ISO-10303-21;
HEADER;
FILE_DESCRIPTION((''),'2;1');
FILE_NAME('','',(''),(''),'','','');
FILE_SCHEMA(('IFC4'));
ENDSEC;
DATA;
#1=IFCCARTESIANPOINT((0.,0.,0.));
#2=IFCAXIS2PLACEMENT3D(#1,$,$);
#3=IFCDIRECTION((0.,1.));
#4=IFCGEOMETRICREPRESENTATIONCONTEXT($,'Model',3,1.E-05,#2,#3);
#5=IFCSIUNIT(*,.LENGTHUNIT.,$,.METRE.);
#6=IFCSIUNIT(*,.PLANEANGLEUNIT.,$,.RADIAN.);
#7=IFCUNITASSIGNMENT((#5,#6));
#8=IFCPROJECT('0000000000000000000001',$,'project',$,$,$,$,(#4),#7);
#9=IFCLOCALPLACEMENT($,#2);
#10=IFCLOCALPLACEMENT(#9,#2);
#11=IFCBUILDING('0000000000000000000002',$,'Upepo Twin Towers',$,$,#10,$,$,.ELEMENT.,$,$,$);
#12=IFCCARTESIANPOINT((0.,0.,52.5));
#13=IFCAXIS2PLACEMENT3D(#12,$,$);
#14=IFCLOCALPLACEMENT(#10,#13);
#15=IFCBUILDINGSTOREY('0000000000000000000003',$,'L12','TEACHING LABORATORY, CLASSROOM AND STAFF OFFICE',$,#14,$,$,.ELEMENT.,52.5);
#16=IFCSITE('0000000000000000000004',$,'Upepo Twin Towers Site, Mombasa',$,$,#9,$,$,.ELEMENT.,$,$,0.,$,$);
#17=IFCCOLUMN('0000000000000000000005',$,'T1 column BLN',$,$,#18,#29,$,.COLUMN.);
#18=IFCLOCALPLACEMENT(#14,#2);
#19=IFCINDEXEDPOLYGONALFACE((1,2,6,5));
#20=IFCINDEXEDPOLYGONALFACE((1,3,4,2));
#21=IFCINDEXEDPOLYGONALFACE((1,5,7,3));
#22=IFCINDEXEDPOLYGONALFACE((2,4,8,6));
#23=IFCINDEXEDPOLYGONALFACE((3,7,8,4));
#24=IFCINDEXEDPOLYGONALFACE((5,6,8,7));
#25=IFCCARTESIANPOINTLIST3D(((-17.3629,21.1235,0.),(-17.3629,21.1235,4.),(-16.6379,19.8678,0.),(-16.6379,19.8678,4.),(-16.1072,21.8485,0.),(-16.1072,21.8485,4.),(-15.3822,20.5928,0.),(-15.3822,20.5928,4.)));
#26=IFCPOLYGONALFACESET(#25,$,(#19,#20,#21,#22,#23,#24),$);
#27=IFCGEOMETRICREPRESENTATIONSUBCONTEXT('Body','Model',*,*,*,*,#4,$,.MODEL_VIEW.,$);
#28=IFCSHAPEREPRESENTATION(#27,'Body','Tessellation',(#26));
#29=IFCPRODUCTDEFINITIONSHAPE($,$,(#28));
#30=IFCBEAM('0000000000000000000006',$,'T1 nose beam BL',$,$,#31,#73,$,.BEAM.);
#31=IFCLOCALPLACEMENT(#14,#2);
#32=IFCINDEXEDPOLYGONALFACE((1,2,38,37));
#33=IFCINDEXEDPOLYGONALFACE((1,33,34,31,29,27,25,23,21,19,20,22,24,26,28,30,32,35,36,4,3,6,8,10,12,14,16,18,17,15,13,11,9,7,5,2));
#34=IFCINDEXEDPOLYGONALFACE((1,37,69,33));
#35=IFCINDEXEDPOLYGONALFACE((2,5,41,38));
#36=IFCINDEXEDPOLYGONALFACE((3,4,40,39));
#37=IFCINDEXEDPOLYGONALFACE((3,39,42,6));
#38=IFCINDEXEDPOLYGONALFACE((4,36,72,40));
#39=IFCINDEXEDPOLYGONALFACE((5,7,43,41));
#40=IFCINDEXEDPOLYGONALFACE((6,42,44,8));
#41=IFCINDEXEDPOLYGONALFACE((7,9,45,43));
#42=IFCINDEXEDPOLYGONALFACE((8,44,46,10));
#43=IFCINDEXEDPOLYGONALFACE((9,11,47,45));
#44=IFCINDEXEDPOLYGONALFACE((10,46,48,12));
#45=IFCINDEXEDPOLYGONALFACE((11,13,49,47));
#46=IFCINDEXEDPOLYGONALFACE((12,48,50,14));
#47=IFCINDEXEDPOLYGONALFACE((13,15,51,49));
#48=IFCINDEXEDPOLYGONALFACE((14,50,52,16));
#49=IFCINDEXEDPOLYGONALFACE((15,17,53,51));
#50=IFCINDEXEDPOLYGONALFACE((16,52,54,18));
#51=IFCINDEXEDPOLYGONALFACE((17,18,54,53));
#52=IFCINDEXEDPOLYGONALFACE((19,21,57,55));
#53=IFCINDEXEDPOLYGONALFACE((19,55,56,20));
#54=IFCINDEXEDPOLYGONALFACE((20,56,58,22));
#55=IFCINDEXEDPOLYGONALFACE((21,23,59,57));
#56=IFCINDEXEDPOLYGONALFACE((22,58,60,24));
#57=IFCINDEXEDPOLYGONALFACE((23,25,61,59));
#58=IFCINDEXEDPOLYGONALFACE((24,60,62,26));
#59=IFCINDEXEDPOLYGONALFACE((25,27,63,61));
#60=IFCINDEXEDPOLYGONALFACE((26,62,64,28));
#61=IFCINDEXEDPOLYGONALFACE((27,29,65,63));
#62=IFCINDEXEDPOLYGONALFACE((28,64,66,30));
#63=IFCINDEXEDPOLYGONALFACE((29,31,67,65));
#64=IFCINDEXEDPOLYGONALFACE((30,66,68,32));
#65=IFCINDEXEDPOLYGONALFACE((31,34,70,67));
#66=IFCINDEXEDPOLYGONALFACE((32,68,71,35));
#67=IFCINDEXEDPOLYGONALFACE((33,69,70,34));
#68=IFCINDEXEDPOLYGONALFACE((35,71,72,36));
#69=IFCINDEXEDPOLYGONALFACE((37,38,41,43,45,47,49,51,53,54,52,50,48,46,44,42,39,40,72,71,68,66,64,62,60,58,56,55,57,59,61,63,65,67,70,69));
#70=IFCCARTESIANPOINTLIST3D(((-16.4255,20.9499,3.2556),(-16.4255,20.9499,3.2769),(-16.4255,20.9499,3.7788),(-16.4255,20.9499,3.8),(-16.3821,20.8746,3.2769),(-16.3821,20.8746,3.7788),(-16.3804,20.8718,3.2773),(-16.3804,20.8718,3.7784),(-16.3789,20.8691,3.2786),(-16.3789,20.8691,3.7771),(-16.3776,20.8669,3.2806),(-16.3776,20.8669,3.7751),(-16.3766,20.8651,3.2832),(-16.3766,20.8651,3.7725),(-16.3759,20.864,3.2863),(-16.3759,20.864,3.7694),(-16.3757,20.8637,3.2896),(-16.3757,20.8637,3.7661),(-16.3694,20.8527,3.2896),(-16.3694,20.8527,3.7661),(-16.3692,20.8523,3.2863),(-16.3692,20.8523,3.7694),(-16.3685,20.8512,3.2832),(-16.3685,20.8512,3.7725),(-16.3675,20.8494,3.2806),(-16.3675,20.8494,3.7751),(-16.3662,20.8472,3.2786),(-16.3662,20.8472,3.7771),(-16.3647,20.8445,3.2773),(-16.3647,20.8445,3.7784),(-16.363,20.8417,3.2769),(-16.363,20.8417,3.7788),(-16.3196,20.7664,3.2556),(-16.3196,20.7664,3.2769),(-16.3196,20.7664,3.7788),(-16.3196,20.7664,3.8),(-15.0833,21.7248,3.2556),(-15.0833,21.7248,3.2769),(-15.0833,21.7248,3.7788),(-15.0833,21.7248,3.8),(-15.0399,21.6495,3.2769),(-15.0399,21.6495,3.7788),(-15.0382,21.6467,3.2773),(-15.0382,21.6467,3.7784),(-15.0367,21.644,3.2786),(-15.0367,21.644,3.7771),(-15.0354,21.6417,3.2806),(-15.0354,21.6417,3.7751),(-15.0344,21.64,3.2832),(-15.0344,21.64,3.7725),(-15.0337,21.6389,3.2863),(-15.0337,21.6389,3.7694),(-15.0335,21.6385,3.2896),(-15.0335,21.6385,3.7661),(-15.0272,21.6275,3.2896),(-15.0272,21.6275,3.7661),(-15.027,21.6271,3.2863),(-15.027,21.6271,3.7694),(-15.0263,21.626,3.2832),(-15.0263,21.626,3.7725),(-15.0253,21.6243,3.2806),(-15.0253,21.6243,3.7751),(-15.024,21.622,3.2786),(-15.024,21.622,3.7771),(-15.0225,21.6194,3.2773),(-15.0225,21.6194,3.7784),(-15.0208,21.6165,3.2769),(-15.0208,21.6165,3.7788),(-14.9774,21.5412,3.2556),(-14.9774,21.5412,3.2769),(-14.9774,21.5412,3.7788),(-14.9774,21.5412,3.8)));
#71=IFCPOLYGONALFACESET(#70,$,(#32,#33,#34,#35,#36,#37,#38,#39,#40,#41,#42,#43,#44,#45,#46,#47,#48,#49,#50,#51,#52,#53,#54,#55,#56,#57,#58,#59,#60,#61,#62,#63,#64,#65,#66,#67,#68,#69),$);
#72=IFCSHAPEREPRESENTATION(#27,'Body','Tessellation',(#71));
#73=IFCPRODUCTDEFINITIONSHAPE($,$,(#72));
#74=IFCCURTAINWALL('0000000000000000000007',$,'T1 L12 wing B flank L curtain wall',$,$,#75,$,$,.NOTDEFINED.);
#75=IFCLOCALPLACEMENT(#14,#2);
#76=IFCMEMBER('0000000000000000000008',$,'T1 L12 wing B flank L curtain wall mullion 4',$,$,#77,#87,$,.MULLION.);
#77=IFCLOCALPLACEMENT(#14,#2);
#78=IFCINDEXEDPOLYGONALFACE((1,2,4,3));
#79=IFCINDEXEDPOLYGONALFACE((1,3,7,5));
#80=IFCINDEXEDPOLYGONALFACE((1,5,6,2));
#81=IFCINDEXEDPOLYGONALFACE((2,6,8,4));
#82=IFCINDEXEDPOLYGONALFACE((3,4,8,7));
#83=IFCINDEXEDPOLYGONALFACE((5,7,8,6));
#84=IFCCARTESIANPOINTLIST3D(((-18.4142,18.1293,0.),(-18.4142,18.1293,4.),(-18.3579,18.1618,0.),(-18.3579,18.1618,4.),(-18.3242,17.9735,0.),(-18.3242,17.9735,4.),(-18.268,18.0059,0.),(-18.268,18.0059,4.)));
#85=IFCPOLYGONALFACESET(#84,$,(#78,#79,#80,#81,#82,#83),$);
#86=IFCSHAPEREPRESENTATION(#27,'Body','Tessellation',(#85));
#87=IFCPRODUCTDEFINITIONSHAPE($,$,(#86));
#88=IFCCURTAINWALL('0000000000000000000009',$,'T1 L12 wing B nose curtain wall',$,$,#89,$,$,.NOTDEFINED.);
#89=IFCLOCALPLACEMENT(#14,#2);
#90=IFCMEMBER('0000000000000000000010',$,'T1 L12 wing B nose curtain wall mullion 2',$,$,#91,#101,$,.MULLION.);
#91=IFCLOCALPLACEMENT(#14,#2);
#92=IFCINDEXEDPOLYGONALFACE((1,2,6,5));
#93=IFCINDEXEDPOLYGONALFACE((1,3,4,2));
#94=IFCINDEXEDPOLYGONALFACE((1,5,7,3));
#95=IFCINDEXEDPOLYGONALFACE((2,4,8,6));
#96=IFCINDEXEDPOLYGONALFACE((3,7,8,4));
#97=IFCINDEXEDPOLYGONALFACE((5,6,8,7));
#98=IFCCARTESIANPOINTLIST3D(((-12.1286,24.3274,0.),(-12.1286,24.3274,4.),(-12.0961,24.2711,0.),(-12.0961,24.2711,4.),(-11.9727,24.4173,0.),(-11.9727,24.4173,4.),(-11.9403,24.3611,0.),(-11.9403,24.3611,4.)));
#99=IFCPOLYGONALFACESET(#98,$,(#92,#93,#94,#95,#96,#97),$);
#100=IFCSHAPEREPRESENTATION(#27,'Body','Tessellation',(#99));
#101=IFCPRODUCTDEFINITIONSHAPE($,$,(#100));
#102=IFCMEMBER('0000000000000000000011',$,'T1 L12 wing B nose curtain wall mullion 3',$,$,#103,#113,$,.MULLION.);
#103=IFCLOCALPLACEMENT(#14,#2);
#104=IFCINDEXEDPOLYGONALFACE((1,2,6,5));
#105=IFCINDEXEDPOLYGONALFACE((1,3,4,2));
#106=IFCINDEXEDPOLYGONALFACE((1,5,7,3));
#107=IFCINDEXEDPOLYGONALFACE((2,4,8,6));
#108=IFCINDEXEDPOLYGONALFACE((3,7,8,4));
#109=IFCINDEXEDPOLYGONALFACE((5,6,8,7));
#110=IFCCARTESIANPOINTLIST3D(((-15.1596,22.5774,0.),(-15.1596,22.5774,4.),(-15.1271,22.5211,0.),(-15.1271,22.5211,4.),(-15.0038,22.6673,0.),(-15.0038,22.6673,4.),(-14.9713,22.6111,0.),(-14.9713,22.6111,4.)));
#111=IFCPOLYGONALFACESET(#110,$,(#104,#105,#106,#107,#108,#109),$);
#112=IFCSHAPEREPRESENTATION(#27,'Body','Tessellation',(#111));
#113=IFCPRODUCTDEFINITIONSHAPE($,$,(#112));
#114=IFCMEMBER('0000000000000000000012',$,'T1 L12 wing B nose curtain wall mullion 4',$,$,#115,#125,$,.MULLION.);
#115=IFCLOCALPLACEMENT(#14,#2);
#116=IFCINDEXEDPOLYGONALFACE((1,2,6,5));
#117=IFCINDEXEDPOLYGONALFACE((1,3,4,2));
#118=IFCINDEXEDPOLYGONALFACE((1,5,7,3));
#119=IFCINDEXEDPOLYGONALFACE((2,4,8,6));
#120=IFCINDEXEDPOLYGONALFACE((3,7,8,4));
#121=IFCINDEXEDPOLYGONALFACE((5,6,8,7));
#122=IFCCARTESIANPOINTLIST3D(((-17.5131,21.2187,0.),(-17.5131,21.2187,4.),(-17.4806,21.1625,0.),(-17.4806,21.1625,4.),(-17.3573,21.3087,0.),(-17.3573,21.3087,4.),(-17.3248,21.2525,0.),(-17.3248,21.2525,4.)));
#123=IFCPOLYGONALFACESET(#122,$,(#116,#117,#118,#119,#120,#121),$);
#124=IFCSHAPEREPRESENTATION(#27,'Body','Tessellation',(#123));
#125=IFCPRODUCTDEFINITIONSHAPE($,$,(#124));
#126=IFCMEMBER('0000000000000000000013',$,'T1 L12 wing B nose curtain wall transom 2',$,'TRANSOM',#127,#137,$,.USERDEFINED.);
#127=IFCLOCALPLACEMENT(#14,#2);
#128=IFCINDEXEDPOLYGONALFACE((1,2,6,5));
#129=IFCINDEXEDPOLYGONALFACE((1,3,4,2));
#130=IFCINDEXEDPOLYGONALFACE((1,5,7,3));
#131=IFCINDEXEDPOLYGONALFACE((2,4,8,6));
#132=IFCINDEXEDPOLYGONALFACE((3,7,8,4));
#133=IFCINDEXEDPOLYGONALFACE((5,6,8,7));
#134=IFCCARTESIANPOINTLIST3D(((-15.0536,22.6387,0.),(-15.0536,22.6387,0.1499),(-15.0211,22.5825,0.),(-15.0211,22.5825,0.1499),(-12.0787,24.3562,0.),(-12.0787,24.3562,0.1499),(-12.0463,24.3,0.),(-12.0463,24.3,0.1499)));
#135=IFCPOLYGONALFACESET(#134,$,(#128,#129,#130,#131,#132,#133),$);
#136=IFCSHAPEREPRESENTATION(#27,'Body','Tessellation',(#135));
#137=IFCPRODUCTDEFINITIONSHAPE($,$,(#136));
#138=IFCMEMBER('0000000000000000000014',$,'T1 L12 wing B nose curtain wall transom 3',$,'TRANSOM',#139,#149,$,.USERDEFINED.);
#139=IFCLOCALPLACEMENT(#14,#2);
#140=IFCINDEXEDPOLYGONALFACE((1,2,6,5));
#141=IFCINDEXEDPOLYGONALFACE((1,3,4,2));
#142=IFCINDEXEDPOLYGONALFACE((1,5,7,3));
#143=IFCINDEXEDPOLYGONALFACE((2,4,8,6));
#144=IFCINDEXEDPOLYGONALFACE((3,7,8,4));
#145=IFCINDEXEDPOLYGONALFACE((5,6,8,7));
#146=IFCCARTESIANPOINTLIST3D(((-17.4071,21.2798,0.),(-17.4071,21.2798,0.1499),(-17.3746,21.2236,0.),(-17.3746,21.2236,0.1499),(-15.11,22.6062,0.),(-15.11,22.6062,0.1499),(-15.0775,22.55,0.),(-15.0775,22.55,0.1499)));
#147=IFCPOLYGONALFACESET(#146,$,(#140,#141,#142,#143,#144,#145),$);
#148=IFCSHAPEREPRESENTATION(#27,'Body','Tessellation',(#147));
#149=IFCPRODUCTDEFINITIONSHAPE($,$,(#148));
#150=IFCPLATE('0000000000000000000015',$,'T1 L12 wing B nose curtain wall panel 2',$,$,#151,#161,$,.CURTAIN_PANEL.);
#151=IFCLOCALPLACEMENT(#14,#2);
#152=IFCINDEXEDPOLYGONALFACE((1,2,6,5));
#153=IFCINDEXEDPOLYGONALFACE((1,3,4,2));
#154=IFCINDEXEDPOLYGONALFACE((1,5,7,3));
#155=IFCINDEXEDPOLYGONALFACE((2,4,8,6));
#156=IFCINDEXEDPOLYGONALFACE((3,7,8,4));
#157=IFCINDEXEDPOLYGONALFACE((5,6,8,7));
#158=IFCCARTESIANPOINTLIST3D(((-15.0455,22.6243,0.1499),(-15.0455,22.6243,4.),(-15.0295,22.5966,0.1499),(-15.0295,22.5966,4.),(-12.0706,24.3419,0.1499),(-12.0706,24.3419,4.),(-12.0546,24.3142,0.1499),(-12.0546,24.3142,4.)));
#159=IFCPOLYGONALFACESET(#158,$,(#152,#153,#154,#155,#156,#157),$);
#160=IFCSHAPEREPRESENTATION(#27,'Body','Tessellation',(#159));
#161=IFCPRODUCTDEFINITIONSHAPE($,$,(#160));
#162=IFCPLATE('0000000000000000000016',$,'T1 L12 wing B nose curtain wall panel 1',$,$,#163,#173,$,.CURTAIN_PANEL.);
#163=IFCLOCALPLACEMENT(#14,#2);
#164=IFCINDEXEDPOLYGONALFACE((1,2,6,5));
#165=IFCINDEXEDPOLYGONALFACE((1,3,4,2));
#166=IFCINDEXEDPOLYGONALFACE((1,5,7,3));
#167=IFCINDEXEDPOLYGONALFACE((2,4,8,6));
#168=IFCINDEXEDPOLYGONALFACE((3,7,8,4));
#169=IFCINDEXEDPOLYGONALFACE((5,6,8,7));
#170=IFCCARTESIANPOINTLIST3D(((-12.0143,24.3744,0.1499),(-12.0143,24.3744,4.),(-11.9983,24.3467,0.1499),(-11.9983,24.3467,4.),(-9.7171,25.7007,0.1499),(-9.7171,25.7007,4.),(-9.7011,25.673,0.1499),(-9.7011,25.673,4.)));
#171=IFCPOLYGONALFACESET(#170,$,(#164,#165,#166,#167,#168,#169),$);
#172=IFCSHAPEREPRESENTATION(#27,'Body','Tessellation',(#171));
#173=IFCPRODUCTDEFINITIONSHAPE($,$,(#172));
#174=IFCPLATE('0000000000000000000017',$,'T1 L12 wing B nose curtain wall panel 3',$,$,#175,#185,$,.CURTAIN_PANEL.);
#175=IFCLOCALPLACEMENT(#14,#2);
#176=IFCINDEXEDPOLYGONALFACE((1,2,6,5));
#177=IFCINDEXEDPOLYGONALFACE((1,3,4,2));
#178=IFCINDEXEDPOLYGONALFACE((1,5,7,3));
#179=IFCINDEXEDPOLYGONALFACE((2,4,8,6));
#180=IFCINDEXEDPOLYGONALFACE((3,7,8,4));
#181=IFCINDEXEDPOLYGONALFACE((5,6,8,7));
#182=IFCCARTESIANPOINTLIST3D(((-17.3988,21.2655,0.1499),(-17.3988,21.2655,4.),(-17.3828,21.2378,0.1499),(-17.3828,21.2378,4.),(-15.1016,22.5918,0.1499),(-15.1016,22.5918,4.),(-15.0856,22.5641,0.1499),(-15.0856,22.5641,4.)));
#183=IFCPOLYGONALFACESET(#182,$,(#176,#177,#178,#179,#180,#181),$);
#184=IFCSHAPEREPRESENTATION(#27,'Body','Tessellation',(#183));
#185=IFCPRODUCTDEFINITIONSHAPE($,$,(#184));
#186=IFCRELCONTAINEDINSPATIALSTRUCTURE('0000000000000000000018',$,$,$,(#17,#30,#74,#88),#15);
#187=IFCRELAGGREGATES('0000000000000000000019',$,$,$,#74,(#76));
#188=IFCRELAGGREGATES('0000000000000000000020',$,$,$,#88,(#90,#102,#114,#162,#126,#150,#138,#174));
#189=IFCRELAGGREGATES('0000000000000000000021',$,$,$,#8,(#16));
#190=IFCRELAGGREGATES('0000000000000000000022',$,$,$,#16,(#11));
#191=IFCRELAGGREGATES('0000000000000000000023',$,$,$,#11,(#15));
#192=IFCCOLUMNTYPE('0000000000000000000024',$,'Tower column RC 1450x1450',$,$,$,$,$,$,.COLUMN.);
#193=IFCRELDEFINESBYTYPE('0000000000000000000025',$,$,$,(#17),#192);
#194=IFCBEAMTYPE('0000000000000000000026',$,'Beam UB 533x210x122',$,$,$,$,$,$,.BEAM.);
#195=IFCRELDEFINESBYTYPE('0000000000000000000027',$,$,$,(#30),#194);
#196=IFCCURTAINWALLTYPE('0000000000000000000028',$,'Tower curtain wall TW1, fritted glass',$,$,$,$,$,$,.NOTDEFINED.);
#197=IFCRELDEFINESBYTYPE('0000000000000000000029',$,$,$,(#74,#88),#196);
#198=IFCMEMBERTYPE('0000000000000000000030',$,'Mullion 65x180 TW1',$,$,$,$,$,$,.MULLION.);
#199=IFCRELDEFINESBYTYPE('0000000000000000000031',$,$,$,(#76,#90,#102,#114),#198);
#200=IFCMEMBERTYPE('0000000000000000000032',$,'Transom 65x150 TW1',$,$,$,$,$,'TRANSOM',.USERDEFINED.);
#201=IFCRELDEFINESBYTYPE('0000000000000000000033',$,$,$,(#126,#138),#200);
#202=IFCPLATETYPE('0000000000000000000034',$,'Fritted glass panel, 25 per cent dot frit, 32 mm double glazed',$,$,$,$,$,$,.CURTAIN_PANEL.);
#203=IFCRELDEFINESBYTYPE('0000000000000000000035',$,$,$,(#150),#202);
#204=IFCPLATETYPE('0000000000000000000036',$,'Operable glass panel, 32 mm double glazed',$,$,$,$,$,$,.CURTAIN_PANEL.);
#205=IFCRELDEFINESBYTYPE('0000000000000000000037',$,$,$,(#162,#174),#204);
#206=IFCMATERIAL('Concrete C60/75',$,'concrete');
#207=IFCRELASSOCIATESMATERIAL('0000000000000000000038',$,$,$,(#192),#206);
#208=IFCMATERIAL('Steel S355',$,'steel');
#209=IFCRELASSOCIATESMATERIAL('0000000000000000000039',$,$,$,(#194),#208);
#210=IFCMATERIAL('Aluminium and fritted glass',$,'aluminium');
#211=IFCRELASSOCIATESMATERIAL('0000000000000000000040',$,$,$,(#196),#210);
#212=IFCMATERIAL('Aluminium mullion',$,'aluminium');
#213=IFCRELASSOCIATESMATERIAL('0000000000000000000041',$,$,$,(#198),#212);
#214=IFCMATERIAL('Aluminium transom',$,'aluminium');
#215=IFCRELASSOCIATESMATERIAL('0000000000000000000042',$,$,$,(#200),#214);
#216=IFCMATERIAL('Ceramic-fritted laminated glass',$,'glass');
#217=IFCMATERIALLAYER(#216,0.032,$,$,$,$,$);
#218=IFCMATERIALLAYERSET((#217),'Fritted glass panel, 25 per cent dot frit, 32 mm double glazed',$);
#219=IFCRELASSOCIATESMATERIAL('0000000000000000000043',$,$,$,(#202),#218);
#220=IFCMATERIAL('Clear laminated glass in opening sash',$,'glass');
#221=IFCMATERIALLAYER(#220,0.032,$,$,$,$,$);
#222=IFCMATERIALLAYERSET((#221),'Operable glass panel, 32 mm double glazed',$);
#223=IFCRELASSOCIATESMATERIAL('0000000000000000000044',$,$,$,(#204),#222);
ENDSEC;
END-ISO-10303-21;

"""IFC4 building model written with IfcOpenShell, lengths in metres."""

from ifc_helpers import new_model, si_unit, direction, frame, origin, origin_2d, place, context, subcontext, project, spatial, rectangle, i_section, extrude, material, layer, layer_set, material_profile, profile_set, type_object, element, aggregate, save


model = new_model("IFC4")

# Units and contexts
model_context = context("Model", 3, precision=1e-05, world=origin(), true_north=direction((0.0, 1.0)))
body_context = subcontext(model_context, "Body", "Model", "MODEL_VIEW")
ifc_project = project(units=[si_unit("LENGTHUNIT", "METRE"), si_unit("PLANEANGLEUNIT", "RADIAN")], contexts=[model_context])

# Site, building, storey
site_placement = place(None, origin())
site = spatial("IfcSite", under=ifc_project, at=site_placement, Name="Upepo Twin Towers Site, Mombasa", CompositionType="ELEMENT", RefElevation=0.0)
building_placement = place(site_placement, origin())
building = spatial("IfcBuilding", under=site, at=building_placement, Name="Upepo Twin Towers", CompositionType="ELEMENT")
storey_placement = place(building_placement, frame((0.0, 0.0, 52.5)))
storey = spatial("IfcBuildingStorey", under=building, at=storey_placement, Name="L12", Description="TEACHING LABORATORY, CLASSROOM AND STAFF OFFICE", CompositionType="ELEMENT", Elevation=52.5)

# Column
ifc_material_1 = material(Name="Concrete C60/75", Category="concrete")
ifc_material_profile_1 = material_profile(ifc_material_1, rectangle(XDim=1.45, YDim=1.45, at=origin_2d()), Name="RC 1450x1450")
ifc_profile_set_1 = profile_set([ifc_material_profile_1], Name="Concrete C60/75")
column_type = type_object("IfcColumnType", Name="Tower column RC 1450x1450", PredefinedType="COLUMN", material=ifc_profile_set_1)
column_placement = place(storey_placement, frame((-16.3726, 20.8582, 0.0), z_axis=(0.0, 0.0, 1.0), x_axis=(0.866025, 0.5, 0.0)))
element("IfcColumn", 1, at=column_placement, inside=storey, type_object=column_type, Name="T1 column BLN", PredefinedType="COLUMN", context=body_context, shape_type="SweptSolid", body=[
    extrude(rectangle(XDim=1.45, YDim=1.45, at=origin_2d()), origin(), (0.0, 0.0, 1.0), 4.0),
])

# Beam
ifc_material_2 = material(Name="Steel S355", Category="steel")
ifc_material_profile_2 = material_profile(ifc_material_2, i_section(OverallWidth=0.2119, OverallDepth=0.5444, WebThickness=0.0127, FlangeThickness=0.0212, FilletRadius=0.0127, at=origin_2d()), Name="UB 533x210x122")
ifc_profile_set_2 = profile_set([ifc_material_profile_2], Name="Steel S355")
beam_type = type_object("IfcBeamType", Name="Beam UB 533x210x122", PredefinedType="BEAM", material=ifc_profile_set_2)
beam_placement = place(storey_placement, frame((-16.3726, 20.8582, 3.5278), z_axis=(0.866044, 0.499968, 0.0), x_axis=(-0.499968, 0.866044, 0.0)))
element("IfcBeam", 2, at=beam_placement, inside=storey, type_object=beam_type, Name="T1 nose beam BL", PredefinedType="BEAM", context=body_context, shape_type="SweptSolid", body=[
    extrude(i_section(OverallWidth=0.2119, OverallDepth=0.5444, WebThickness=0.0127, FlangeThickness=0.0212, FilletRadius=0.0127, at=origin_2d()), origin(), (0.0, 0.0, 1.0), 1.5498),
])

# Curtain wall, member
ifc_material_3 = material(Name="Aluminium and fritted glass", Category="aluminium")
curtain_wall_type = type_object("IfcCurtainWallType", Name="Tower curtain wall TW1, fritted glass", PredefinedType="NOTDEFINED", material=ifc_material_3)
curtain_wall_1_placement = place(storey_placement, origin())
curtain_wall_1 = element("IfcCurtainWall", 3, at=curtain_wall_1_placement, inside=storey, type_object=curtain_wall_type, Name="T1 L12 wing B flank L curtain wall", PredefinedType="NOTDEFINED")
ifc_material_4 = material(Name="Aluminium mullion", Category="aluminium")
ifc_material_profile_3 = material_profile(ifc_material_4, rectangle(XDim=0.0649, YDim=0.1799, at=origin_2d()), Name="MULLION 65x180")
ifc_profile_set_3 = profile_set([ifc_material_profile_3], Name="Aluminium mullion")
member_type_1 = type_object("IfcMemberType", Name="Mullion 65x180 TW1", PredefinedType="MULLION", material=ifc_profile_set_3)
member_1_placement = place(storey_placement, frame((-18.3411, 18.0676, 0.0), z_axis=(0.0, 0.0, 1.0), x_axis=(-0.866025, -0.5, 0.0)))
member_1 = element("IfcMember", 4, at=member_1_placement, type_object=member_type_1, Name="T1 L12 wing B flank L curtain wall mullion 4", PredefinedType="MULLION", context=body_context, shape_type="SweptSolid", body=[
    extrude(rectangle(XDim=0.0649, YDim=0.1799, at=origin_2d()), origin(), (0.0, 0.0, 1.0), 4.0),
])
aggregate(curtain_wall_1, [member_1])

# Curtain wall, members, plates
curtain_wall_2_placement = place(storey_placement, origin())
curtain_wall_2 = element("IfcCurtainWall", 5, at=curtain_wall_2_placement, inside=storey, type_object=curtain_wall_type, Name="T1 L12 wing B nose curtain wall", PredefinedType="NOTDEFINED")
member_2_placement = place(storey_placement, frame((-12.0344, 24.3442, 0.0), z_axis=(0.0, 0.0, 1.0), x_axis=(0.5, -0.866025, 0.0)))
member_2 = element("IfcMember", 6, at=member_2_placement, type_object=member_type_1, Name="T1 L12 wing B nose curtain wall mullion 2", PredefinedType="MULLION", context=body_context, shape_type="SweptSolid", body=[
    extrude(rectangle(XDim=0.0649, YDim=0.1799, at=origin_2d()), origin(), (0.0, 0.0, 1.0), 4.0),
])
member_3_placement = place(storey_placement, frame((-15.0654, 22.5942, 0.0), z_axis=(0.0, 0.0, 1.0), x_axis=(0.5, -0.866025, 0.0)))
member_3 = element("IfcMember", 7, at=member_3_placement, type_object=member_type_1, Name="T1 L12 wing B nose curtain wall mullion 3", PredefinedType="MULLION", context=body_context, shape_type="SweptSolid", body=[
    extrude(rectangle(XDim=0.0649, YDim=0.1799, at=origin_2d()), origin(), (0.0, 0.0, 1.0), 4.0),
])
member_4_placement = place(storey_placement, frame((-17.4189, 21.2356, 0.0), z_axis=(0.0, 0.0, 1.0), x_axis=(0.5, -0.866025, 0.0)))
member_4 = element("IfcMember", 8, at=member_4_placement, type_object=member_type_1, Name="T1 L12 wing B nose curtain wall mullion 4", PredefinedType="MULLION", context=body_context, shape_type="SweptSolid", body=[
    extrude(rectangle(XDim=0.0649, YDim=0.1799, at=origin_2d()), origin(), (0.0, 0.0, 1.0), 4.0),
])
ifc_material_5 = material(Name="Aluminium transom", Category="aluminium")
ifc_material_profile_4 = material_profile(ifc_material_5, rectangle(XDim=0.0649, YDim=0.1499, at=origin_2d()), Name="TRANSOM 65x150")
ifc_profile_set_4 = profile_set([ifc_material_profile_4], Name="Aluminium transom")
member_type_2 = type_object("IfcMemberType", Name="Transom 65x150 TW1", ElementType="TRANSOM", PredefinedType="USERDEFINED", material=ifc_profile_set_4)
member_5_placement = place(storey_placement, frame((-12.0625, 24.3281, 0.075), z_axis=(-0.866026, -0.499999, 0.0), x_axis=(0.499999, -0.866026, 0.0)))
member_5 = element("IfcMember", 9, at=member_5_placement, type_object=member_type_2, Name="T1 L12 wing B nose curtain wall transom 2", ObjectType="TRANSOM", PredefinedType="USERDEFINED", context=body_context, shape_type="SweptSolid", body=[
    extrude(rectangle(XDim=0.0649, YDim=0.1499, at=origin_2d()), origin(), (0.0, 0.0, 1.0), 3.4351),
])
member_6_placement = place(storey_placement, frame((-15.0938, 22.5781, 0.075), z_axis=(-0.865997, -0.500049, 0.0), x_axis=(0.500049, -0.865997, 0.0)))
member_6 = element("IfcMember", 10, at=member_6_placement, type_object=member_type_2, Name="T1 L12 wing B nose curtain wall transom 3", ObjectType="TRANSOM", PredefinedType="USERDEFINED", context=body_context, shape_type="SweptSolid", body=[
    extrude(rectangle(XDim=0.0649, YDim=0.1499, at=origin_2d()), origin(), (0.0, 0.0, 1.0), 2.6526),
])
ifc_material_6 = material(Name="Ceramic-fritted laminated glass", Category="glass")
ifc_layer_1 = layer(ifc_material_6, 0.032)
ifc_layer_set_1 = layer_set([ifc_layer_1], Name="Fritted glass panel, 25 per cent dot frit, 32 mm double glazed")
plate_type_1 = type_object("IfcPlateType", Name="Fritted glass panel, 25 per cent dot frit, 32 mm double glazed", PredefinedType="CURTAIN_PANEL", material=ifc_layer_set_1)
plate_1_placement = place(storey_placement, frame((-13.55, 23.4692, 0.1499), z_axis=(0.0, 0.0, 1.0), x_axis=(-0.866025, -0.5, 0.0)))
plate_1 = element("IfcPlate", 11, at=plate_1_placement, type_object=plate_type_1, Name="T1 L12 wing B nose curtain wall panel 2", PredefinedType="CURTAIN_PANEL", context=body_context, shape_type="SweptSolid", body=[
    extrude(rectangle(XDim=3.4351, YDim=0.032, at=origin_2d()), origin(), (0.0, 0.0, 1.0), 3.8501),
])
ifc_material_7 = material(Name="Clear laminated glass in opening sash", Category="glass")
ifc_layer_2 = layer(ifc_material_7, 0.032)
ifc_layer_set_2 = layer_set([ifc_layer_2], Name="Operable glass panel, 32 mm double glazed")
plate_type_2 = type_object("IfcPlateType", Name="Operable glass panel, 32 mm double glazed", PredefinedType="CURTAIN_PANEL", material=ifc_layer_set_2)
plate_2_placement = place(storey_placement, frame((-10.8577, 25.0237, 0.1499), z_axis=(0.0, 0.0, 1.0), x_axis=(-0.866025, -0.5, 0.0)))
plate_2 = element("IfcPlate", 12, at=plate_2_placement, type_object=plate_type_2, Name="T1 L12 wing B nose curtain wall panel 1", PredefinedType="CURTAIN_PANEL", context=body_context, shape_type="SweptSolid", body=[
    extrude(rectangle(XDim=2.6526, YDim=0.032, at=origin_2d()), origin(), (0.0, 0.0, 1.0), 3.8501),
])
plate_3_placement = place(storey_placement, frame((-16.2422, 21.9148, 0.1499), z_axis=(0.0, 0.0, 1.0), x_axis=(-0.866025, -0.5, 0.0)))
plate_3 = element("IfcPlate", 13, at=plate_3_placement, type_object=plate_type_2, Name="T1 L12 wing B nose curtain wall panel 3", PredefinedType="CURTAIN_PANEL", context=body_context, shape_type="SweptSolid", body=[
    extrude(rectangle(XDim=2.6526, YDim=0.032, at=origin_2d()), origin(), (0.0, 0.0, 1.0), 3.8501),
])
aggregate(curtain_wall_2, [member_2, member_3, member_4, plate_2, member_5, plate_1, member_6, plate_3])

save(model, "model.ifc")
